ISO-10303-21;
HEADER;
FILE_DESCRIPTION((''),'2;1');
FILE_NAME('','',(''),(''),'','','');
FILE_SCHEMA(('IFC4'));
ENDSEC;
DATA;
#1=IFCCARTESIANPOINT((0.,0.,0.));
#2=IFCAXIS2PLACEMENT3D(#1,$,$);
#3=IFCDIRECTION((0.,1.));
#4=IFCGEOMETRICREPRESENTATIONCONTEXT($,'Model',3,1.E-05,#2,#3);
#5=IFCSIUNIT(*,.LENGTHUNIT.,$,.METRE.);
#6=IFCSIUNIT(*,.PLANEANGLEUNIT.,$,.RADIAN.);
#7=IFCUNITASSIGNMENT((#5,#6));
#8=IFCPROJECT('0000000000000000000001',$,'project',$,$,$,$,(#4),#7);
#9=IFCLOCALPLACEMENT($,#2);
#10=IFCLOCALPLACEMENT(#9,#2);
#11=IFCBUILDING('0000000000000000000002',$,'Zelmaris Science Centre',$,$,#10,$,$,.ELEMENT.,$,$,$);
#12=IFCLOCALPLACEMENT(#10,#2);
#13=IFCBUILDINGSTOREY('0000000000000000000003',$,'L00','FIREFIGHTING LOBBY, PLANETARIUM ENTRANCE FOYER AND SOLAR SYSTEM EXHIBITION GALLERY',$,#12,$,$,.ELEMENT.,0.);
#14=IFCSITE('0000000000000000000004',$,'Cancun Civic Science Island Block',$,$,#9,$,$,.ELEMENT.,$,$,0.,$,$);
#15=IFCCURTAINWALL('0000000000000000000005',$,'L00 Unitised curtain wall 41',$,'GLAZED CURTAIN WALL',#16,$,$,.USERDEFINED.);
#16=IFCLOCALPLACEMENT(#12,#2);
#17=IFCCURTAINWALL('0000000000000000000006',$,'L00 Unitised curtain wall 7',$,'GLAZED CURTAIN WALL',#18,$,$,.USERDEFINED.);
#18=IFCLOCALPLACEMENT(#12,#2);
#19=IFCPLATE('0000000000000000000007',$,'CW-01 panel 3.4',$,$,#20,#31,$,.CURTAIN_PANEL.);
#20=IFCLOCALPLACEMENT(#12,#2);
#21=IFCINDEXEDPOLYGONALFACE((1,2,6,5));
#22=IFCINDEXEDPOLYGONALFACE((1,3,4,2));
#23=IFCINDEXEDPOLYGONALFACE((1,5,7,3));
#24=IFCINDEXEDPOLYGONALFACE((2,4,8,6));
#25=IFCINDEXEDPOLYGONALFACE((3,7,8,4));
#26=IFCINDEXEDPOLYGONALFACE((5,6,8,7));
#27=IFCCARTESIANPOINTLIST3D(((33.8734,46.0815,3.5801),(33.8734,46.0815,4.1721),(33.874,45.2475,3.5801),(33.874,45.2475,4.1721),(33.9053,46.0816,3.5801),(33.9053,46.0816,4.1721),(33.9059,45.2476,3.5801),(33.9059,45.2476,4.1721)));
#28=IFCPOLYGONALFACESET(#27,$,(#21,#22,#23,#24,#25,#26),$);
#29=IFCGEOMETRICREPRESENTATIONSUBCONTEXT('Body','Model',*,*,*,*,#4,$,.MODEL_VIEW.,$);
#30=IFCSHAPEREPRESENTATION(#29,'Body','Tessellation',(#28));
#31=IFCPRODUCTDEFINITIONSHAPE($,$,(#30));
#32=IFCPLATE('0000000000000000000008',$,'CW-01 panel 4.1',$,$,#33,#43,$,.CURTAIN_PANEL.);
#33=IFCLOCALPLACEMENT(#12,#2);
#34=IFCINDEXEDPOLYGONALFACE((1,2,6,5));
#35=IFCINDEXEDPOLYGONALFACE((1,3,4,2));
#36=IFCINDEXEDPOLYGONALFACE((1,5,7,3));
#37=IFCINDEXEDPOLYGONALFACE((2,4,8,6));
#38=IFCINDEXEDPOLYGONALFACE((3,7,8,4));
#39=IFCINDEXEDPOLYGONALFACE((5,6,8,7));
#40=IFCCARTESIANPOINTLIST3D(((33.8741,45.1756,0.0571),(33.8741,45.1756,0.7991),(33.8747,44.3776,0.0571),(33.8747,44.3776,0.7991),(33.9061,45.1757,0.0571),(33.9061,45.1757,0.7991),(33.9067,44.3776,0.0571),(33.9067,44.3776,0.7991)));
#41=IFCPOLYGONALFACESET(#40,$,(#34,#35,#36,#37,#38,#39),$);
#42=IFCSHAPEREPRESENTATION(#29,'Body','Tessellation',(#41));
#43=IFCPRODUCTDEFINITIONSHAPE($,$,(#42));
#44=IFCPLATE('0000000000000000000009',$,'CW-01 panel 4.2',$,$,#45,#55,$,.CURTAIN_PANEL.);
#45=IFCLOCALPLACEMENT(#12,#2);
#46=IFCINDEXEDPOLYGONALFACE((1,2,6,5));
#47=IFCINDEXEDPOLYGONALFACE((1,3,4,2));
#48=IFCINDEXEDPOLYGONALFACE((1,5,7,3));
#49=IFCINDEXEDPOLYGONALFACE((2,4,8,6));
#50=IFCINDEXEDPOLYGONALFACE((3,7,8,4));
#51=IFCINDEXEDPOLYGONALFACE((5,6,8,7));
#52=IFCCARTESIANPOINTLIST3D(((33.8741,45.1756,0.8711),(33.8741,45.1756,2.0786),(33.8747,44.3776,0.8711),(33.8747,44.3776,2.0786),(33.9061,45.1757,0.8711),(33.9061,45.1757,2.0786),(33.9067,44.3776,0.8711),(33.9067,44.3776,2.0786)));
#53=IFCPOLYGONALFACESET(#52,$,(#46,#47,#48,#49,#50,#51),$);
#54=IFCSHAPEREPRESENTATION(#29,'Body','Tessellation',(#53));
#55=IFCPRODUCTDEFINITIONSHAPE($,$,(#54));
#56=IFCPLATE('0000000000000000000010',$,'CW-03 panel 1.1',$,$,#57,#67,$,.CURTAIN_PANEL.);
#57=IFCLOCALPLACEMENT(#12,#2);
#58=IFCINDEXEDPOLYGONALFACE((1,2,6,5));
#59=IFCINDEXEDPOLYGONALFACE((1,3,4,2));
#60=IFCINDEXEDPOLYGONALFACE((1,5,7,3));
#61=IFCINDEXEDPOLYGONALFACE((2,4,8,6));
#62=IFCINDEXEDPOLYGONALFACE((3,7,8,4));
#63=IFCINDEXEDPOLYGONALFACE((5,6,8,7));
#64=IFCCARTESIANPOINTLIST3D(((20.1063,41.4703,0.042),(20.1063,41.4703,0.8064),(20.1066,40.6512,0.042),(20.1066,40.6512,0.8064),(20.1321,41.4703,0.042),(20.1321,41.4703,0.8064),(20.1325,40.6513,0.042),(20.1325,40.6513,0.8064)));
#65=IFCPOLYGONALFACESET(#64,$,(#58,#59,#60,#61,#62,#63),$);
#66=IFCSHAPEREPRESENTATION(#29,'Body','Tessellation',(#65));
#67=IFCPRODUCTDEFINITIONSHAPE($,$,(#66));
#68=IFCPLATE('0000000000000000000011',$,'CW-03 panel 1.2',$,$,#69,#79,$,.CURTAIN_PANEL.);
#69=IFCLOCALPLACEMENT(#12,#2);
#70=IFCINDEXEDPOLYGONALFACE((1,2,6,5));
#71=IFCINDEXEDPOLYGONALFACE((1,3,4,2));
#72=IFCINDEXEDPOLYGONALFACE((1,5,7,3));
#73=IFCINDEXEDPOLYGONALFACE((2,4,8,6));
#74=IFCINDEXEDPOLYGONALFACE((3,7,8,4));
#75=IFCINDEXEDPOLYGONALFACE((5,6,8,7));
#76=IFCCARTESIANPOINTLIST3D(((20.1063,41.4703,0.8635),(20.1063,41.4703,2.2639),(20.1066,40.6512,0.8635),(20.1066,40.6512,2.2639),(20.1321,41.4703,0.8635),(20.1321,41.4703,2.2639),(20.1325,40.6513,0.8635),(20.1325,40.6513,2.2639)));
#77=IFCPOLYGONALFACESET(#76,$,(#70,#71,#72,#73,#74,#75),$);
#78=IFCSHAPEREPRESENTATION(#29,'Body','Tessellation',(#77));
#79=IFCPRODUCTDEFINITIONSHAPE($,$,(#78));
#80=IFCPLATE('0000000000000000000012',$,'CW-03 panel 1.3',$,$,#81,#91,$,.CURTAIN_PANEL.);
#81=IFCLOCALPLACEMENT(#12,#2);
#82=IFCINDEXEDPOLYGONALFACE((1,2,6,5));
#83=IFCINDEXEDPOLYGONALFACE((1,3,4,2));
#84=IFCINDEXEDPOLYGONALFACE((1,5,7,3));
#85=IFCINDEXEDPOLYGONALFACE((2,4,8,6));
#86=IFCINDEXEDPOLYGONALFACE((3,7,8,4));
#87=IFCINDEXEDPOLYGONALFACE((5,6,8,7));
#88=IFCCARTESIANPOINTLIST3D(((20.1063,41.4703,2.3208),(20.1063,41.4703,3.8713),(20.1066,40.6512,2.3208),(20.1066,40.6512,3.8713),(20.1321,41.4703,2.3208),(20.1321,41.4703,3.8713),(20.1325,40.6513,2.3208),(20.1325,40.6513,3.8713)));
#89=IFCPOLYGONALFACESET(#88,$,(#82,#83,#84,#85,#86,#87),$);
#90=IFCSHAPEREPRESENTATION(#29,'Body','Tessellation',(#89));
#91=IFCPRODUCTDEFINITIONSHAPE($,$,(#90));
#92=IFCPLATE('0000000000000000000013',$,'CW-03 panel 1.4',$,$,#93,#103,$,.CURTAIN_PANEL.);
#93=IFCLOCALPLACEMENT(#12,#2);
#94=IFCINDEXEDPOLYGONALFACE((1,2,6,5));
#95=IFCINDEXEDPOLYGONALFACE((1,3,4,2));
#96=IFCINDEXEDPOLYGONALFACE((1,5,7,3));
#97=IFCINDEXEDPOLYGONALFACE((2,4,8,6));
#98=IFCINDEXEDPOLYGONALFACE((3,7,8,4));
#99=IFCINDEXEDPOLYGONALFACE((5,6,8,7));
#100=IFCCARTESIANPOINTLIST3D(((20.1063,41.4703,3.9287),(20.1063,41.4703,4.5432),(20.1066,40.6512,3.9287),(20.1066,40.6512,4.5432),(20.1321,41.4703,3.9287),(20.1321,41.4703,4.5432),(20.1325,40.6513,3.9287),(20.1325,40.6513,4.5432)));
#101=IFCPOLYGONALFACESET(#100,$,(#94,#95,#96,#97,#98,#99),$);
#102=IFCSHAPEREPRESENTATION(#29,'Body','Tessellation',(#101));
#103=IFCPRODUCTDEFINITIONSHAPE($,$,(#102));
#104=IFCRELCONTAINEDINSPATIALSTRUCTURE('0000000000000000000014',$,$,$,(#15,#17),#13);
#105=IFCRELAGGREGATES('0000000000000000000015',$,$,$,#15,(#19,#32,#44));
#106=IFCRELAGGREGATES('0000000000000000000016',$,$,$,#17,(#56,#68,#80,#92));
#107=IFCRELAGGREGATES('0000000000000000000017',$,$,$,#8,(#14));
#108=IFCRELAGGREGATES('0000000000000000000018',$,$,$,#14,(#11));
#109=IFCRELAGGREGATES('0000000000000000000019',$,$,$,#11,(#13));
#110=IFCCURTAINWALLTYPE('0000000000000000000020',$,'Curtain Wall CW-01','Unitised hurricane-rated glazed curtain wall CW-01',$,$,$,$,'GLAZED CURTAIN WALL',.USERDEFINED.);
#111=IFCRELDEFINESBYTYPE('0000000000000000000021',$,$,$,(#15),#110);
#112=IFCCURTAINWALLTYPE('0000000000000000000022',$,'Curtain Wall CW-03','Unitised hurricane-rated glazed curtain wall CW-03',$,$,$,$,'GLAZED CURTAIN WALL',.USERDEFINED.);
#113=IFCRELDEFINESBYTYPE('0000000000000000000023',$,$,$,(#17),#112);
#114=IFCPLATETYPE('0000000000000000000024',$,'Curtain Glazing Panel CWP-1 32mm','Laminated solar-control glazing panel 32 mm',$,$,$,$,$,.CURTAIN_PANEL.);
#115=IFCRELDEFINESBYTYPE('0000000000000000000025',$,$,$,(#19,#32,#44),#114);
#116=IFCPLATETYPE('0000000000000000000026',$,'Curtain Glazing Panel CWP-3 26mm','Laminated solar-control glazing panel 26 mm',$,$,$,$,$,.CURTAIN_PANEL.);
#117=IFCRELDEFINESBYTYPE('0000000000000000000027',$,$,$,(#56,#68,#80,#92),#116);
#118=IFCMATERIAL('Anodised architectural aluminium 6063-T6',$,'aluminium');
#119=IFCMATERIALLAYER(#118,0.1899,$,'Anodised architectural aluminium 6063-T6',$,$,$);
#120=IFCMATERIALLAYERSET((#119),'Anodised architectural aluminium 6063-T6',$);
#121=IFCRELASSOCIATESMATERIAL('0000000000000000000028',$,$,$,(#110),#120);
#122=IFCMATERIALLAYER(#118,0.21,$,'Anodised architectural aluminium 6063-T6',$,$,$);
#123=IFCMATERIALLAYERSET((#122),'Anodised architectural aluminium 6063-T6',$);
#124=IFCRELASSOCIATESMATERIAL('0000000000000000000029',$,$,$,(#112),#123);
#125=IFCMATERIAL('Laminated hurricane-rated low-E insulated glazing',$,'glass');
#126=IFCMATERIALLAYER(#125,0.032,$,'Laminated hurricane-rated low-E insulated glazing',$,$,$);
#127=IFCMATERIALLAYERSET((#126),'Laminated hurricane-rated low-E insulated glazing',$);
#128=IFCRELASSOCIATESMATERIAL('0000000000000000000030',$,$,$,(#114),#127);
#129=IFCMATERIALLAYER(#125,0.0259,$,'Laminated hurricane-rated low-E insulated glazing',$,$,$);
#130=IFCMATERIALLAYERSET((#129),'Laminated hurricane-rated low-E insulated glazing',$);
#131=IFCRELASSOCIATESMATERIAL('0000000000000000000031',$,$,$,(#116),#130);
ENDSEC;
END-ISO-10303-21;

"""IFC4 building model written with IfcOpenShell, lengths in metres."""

from ifc_helpers import new_model, si_unit, direction, frame, origin, origin_2d, place, context, subcontext, project, spatial, rectangle, extrude, material, layer, layer_set, type_object, element, aggregate, save


model = new_model("IFC4")

# Units and contexts
model_context = context("Model", 3, precision=1e-05, world=origin(), true_north=direction((0.0, 1.0)))
body_context = subcontext(model_context, "Body", "Model", "MODEL_VIEW")
ifc_project = project(units=[si_unit("LENGTHUNIT", "METRE"), si_unit("PLANEANGLEUNIT", "RADIAN")], contexts=[model_context])

# Site, building, storey
site_placement = place(None, origin())
site = spatial("IfcSite", under=ifc_project, at=site_placement, Name="Cancun Civic Science Island Block", CompositionType="ELEMENT", RefElevation=0.0)
building_placement = place(site_placement, origin())
building = spatial("IfcBuilding", under=site, at=building_placement, Name="Zelmaris Science Centre", CompositionType="ELEMENT")
storey_placement = place(building_placement, origin())
storey = spatial("IfcBuildingStorey", under=building, at=storey_placement, Name="L00", Description="FIREFIGHTING LOBBY, PLANETARIUM ENTRANCE FOYER AND SOLAR SYSTEM EXHIBITION GALLERY", CompositionType="ELEMENT", Elevation=0.0)

# Curtain walls
ifc_material_1 = material(Name="Anodised architectural aluminium 6063-T6", Category="aluminium")
ifc_layer_1 = layer(ifc_material_1, 0.1899, Name="Anodised architectural aluminium 6063-T6")
ifc_layer_set_1 = layer_set([ifc_layer_1], Name="Anodised architectural aluminium 6063-T6")
curtain_wall_type_1 = type_object("IfcCurtainWallType", Name="Curtain Wall CW-01", Description="Unitised hurricane-rated glazed curtain wall CW-01", ElementType="GLAZED CURTAIN WALL", PredefinedType="USERDEFINED", material=ifc_layer_set_1)
curtain_wall_1_placement = place(storey_placement, origin())
curtain_wall_1 = element("IfcCurtainWall", 1, at=curtain_wall_1_placement, inside=storey, type_object=curtain_wall_type_1, Name="L00 Unitised curtain wall 41", ObjectType="GLAZED CURTAIN WALL", PredefinedType="USERDEFINED")
ifc_layer_2 = layer(ifc_material_1, 0.21, Name="Anodised architectural aluminium 6063-T6")
ifc_layer_set_2 = layer_set([ifc_layer_2], Name="Anodised architectural aluminium 6063-T6")
curtain_wall_type_2 = type_object("IfcCurtainWallType", Name="Curtain Wall CW-03", Description="Unitised hurricane-rated glazed curtain wall CW-03", ElementType="GLAZED CURTAIN WALL", PredefinedType="USERDEFINED", material=ifc_layer_set_2)
curtain_wall_2_placement = place(storey_placement, origin())
curtain_wall_2 = element("IfcCurtainWall", 2, at=curtain_wall_2_placement, inside=storey, type_object=curtain_wall_type_2, Name="L00 Unitised curtain wall 7", ObjectType="GLAZED CURTAIN WALL", PredefinedType="USERDEFINED")

# Plates
ifc_material_2 = material(Name="Laminated hurricane-rated low-E insulated glazing", Category="glass")
ifc_layer_3 = layer(ifc_material_2, 0.032, Name="Laminated hurricane-rated low-E insulated glazing")
ifc_layer_set_3 = layer_set([ifc_layer_3], Name="Laminated hurricane-rated low-E insulated glazing")
plate_type_1 = type_object("IfcPlateType", Name="Curtain Glazing Panel CWP-1 32mm", Description="Laminated solar-control glazing panel 32 mm", PredefinedType="CURTAIN_PANEL", material=ifc_layer_set_3)
plate_1_placement = place(storey_placement, frame((33.8896, 45.6646, 3.5801), z_axis=(0.0, 0.0, 1.0), x_axis=(0.000717, -1.0, 0.0)))
plate_1 = element("IfcPlate", 3, at=plate_1_placement, type_object=plate_type_1, Name="CW-01 panel 3.4", PredefinedType="CURTAIN_PANEL", context=body_context, shape_type="SweptSolid", body=[
    extrude(rectangle(XDim=0.834, YDim=0.032, at=origin_2d()), origin(), (0.0, 0.0, 1.0), 0.592),
])
plate_2_placement = place(storey_placement, frame((33.8904, 44.7766, 0.0571), z_axis=(0.0, 0.0, 1.0), x_axis=(0.000717, -1.0, 0.0)))
plate_2 = element("IfcPlate", 4, at=plate_2_placement, type_object=plate_type_1, Name="CW-01 panel 4.1", PredefinedType="CURTAIN_PANEL", context=body_context, shape_type="SweptSolid", body=[
    extrude(rectangle(XDim=0.7981, YDim=0.032, at=origin_2d()), origin(), (0.0, 0.0, 1.0), 0.7419),
])
plate_3_placement = place(storey_placement, frame((33.8904, 44.7766, 0.8711), z_axis=(0.0, 0.0, 1.0), x_axis=(0.000717, -1.0, 0.0)))
plate_3 = element("IfcPlate", 5, at=plate_3_placement, type_object=plate_type_1, Name="CW-01 panel 4.2", PredefinedType="CURTAIN_PANEL", context=body_context, shape_type="SweptSolid", body=[
    extrude(rectangle(XDim=0.7981, YDim=0.032, at=origin_2d()), origin(), (0.0, 0.0, 1.0), 1.2075),
])
aggregate(curtain_wall_1, [plate_1, plate_2, plate_3])
ifc_layer_4 = layer(ifc_material_2, 0.0259, Name="Laminated hurricane-rated low-E insulated glazing")
ifc_layer_set_4 = layer_set([ifc_layer_4], Name="Laminated hurricane-rated low-E insulated glazing")
plate_type_2 = type_object("IfcPlateType", Name="Curtain Glazing Panel CWP-3 26mm", Description="Laminated solar-control glazing panel 26 mm", PredefinedType="CURTAIN_PANEL", material=ifc_layer_set_4)
plate_4_placement = place(storey_placement, frame((20.1194, 41.0608, 0.042), z_axis=(0.0, 0.0, 1.0), x_axis=(-0.000442, 1.0, 0.0)))
plate_4 = element("IfcPlate", 6, at=plate_4_placement, type_object=plate_type_2, Name="CW-03 panel 1.1", PredefinedType="CURTAIN_PANEL", context=body_context, shape_type="SweptSolid", body=[
    extrude(rectangle(XDim=0.8191, YDim=0.0259, at=origin_2d()), origin(), (0.0, 0.0, 1.0), 0.7644),
])
plate_5_placement = place(storey_placement, frame((20.1194, 41.0608, 0.8635), z_axis=(0.0, 0.0, 1.0), x_axis=(-0.000442, 1.0, 0.0)))
plate_5 = element("IfcPlate", 7, at=plate_5_placement, type_object=plate_type_2, Name="CW-03 panel 1.2", PredefinedType="CURTAIN_PANEL", context=body_context, shape_type="SweptSolid", body=[
    extrude(rectangle(XDim=0.8191, YDim=0.0259, at=origin_2d()), origin(), (0.0, 0.0, 1.0), 1.4004),
])
plate_6_placement = place(storey_placement, frame((20.1194, 41.0608, 2.3208), z_axis=(0.0, 0.0, 1.0), x_axis=(-0.000442, 1.0, 0.0)))
plate_6 = element("IfcPlate", 8, at=plate_6_placement, type_object=plate_type_2, Name="CW-03 panel 1.3", PredefinedType="CURTAIN_PANEL", context=body_context, shape_type="SweptSolid", body=[
    extrude(rectangle(XDim=0.8191, YDim=0.0259, at=origin_2d()), origin(), (0.0, 0.0, 1.0), 1.5505),
])
plate_7_placement = place(storey_placement, frame((20.1194, 41.0608, 3.9287), z_axis=(0.0, 0.0, 1.0), x_axis=(-0.000442, 1.0, 0.0)))
plate_7 = element("IfcPlate", 9, at=plate_7_placement, type_object=plate_type_2, Name="CW-03 panel 1.4", PredefinedType="CURTAIN_PANEL", context=body_context, shape_type="SweptSolid", body=[
    extrude(rectangle(XDim=0.8191, YDim=0.0259, at=origin_2d()), origin(), (0.0, 0.0, 1.0), 0.6145),
])
aggregate(curtain_wall_2, [plate_4, plate_5, plate_6, plate_7])

save(model, "model.ifc")
